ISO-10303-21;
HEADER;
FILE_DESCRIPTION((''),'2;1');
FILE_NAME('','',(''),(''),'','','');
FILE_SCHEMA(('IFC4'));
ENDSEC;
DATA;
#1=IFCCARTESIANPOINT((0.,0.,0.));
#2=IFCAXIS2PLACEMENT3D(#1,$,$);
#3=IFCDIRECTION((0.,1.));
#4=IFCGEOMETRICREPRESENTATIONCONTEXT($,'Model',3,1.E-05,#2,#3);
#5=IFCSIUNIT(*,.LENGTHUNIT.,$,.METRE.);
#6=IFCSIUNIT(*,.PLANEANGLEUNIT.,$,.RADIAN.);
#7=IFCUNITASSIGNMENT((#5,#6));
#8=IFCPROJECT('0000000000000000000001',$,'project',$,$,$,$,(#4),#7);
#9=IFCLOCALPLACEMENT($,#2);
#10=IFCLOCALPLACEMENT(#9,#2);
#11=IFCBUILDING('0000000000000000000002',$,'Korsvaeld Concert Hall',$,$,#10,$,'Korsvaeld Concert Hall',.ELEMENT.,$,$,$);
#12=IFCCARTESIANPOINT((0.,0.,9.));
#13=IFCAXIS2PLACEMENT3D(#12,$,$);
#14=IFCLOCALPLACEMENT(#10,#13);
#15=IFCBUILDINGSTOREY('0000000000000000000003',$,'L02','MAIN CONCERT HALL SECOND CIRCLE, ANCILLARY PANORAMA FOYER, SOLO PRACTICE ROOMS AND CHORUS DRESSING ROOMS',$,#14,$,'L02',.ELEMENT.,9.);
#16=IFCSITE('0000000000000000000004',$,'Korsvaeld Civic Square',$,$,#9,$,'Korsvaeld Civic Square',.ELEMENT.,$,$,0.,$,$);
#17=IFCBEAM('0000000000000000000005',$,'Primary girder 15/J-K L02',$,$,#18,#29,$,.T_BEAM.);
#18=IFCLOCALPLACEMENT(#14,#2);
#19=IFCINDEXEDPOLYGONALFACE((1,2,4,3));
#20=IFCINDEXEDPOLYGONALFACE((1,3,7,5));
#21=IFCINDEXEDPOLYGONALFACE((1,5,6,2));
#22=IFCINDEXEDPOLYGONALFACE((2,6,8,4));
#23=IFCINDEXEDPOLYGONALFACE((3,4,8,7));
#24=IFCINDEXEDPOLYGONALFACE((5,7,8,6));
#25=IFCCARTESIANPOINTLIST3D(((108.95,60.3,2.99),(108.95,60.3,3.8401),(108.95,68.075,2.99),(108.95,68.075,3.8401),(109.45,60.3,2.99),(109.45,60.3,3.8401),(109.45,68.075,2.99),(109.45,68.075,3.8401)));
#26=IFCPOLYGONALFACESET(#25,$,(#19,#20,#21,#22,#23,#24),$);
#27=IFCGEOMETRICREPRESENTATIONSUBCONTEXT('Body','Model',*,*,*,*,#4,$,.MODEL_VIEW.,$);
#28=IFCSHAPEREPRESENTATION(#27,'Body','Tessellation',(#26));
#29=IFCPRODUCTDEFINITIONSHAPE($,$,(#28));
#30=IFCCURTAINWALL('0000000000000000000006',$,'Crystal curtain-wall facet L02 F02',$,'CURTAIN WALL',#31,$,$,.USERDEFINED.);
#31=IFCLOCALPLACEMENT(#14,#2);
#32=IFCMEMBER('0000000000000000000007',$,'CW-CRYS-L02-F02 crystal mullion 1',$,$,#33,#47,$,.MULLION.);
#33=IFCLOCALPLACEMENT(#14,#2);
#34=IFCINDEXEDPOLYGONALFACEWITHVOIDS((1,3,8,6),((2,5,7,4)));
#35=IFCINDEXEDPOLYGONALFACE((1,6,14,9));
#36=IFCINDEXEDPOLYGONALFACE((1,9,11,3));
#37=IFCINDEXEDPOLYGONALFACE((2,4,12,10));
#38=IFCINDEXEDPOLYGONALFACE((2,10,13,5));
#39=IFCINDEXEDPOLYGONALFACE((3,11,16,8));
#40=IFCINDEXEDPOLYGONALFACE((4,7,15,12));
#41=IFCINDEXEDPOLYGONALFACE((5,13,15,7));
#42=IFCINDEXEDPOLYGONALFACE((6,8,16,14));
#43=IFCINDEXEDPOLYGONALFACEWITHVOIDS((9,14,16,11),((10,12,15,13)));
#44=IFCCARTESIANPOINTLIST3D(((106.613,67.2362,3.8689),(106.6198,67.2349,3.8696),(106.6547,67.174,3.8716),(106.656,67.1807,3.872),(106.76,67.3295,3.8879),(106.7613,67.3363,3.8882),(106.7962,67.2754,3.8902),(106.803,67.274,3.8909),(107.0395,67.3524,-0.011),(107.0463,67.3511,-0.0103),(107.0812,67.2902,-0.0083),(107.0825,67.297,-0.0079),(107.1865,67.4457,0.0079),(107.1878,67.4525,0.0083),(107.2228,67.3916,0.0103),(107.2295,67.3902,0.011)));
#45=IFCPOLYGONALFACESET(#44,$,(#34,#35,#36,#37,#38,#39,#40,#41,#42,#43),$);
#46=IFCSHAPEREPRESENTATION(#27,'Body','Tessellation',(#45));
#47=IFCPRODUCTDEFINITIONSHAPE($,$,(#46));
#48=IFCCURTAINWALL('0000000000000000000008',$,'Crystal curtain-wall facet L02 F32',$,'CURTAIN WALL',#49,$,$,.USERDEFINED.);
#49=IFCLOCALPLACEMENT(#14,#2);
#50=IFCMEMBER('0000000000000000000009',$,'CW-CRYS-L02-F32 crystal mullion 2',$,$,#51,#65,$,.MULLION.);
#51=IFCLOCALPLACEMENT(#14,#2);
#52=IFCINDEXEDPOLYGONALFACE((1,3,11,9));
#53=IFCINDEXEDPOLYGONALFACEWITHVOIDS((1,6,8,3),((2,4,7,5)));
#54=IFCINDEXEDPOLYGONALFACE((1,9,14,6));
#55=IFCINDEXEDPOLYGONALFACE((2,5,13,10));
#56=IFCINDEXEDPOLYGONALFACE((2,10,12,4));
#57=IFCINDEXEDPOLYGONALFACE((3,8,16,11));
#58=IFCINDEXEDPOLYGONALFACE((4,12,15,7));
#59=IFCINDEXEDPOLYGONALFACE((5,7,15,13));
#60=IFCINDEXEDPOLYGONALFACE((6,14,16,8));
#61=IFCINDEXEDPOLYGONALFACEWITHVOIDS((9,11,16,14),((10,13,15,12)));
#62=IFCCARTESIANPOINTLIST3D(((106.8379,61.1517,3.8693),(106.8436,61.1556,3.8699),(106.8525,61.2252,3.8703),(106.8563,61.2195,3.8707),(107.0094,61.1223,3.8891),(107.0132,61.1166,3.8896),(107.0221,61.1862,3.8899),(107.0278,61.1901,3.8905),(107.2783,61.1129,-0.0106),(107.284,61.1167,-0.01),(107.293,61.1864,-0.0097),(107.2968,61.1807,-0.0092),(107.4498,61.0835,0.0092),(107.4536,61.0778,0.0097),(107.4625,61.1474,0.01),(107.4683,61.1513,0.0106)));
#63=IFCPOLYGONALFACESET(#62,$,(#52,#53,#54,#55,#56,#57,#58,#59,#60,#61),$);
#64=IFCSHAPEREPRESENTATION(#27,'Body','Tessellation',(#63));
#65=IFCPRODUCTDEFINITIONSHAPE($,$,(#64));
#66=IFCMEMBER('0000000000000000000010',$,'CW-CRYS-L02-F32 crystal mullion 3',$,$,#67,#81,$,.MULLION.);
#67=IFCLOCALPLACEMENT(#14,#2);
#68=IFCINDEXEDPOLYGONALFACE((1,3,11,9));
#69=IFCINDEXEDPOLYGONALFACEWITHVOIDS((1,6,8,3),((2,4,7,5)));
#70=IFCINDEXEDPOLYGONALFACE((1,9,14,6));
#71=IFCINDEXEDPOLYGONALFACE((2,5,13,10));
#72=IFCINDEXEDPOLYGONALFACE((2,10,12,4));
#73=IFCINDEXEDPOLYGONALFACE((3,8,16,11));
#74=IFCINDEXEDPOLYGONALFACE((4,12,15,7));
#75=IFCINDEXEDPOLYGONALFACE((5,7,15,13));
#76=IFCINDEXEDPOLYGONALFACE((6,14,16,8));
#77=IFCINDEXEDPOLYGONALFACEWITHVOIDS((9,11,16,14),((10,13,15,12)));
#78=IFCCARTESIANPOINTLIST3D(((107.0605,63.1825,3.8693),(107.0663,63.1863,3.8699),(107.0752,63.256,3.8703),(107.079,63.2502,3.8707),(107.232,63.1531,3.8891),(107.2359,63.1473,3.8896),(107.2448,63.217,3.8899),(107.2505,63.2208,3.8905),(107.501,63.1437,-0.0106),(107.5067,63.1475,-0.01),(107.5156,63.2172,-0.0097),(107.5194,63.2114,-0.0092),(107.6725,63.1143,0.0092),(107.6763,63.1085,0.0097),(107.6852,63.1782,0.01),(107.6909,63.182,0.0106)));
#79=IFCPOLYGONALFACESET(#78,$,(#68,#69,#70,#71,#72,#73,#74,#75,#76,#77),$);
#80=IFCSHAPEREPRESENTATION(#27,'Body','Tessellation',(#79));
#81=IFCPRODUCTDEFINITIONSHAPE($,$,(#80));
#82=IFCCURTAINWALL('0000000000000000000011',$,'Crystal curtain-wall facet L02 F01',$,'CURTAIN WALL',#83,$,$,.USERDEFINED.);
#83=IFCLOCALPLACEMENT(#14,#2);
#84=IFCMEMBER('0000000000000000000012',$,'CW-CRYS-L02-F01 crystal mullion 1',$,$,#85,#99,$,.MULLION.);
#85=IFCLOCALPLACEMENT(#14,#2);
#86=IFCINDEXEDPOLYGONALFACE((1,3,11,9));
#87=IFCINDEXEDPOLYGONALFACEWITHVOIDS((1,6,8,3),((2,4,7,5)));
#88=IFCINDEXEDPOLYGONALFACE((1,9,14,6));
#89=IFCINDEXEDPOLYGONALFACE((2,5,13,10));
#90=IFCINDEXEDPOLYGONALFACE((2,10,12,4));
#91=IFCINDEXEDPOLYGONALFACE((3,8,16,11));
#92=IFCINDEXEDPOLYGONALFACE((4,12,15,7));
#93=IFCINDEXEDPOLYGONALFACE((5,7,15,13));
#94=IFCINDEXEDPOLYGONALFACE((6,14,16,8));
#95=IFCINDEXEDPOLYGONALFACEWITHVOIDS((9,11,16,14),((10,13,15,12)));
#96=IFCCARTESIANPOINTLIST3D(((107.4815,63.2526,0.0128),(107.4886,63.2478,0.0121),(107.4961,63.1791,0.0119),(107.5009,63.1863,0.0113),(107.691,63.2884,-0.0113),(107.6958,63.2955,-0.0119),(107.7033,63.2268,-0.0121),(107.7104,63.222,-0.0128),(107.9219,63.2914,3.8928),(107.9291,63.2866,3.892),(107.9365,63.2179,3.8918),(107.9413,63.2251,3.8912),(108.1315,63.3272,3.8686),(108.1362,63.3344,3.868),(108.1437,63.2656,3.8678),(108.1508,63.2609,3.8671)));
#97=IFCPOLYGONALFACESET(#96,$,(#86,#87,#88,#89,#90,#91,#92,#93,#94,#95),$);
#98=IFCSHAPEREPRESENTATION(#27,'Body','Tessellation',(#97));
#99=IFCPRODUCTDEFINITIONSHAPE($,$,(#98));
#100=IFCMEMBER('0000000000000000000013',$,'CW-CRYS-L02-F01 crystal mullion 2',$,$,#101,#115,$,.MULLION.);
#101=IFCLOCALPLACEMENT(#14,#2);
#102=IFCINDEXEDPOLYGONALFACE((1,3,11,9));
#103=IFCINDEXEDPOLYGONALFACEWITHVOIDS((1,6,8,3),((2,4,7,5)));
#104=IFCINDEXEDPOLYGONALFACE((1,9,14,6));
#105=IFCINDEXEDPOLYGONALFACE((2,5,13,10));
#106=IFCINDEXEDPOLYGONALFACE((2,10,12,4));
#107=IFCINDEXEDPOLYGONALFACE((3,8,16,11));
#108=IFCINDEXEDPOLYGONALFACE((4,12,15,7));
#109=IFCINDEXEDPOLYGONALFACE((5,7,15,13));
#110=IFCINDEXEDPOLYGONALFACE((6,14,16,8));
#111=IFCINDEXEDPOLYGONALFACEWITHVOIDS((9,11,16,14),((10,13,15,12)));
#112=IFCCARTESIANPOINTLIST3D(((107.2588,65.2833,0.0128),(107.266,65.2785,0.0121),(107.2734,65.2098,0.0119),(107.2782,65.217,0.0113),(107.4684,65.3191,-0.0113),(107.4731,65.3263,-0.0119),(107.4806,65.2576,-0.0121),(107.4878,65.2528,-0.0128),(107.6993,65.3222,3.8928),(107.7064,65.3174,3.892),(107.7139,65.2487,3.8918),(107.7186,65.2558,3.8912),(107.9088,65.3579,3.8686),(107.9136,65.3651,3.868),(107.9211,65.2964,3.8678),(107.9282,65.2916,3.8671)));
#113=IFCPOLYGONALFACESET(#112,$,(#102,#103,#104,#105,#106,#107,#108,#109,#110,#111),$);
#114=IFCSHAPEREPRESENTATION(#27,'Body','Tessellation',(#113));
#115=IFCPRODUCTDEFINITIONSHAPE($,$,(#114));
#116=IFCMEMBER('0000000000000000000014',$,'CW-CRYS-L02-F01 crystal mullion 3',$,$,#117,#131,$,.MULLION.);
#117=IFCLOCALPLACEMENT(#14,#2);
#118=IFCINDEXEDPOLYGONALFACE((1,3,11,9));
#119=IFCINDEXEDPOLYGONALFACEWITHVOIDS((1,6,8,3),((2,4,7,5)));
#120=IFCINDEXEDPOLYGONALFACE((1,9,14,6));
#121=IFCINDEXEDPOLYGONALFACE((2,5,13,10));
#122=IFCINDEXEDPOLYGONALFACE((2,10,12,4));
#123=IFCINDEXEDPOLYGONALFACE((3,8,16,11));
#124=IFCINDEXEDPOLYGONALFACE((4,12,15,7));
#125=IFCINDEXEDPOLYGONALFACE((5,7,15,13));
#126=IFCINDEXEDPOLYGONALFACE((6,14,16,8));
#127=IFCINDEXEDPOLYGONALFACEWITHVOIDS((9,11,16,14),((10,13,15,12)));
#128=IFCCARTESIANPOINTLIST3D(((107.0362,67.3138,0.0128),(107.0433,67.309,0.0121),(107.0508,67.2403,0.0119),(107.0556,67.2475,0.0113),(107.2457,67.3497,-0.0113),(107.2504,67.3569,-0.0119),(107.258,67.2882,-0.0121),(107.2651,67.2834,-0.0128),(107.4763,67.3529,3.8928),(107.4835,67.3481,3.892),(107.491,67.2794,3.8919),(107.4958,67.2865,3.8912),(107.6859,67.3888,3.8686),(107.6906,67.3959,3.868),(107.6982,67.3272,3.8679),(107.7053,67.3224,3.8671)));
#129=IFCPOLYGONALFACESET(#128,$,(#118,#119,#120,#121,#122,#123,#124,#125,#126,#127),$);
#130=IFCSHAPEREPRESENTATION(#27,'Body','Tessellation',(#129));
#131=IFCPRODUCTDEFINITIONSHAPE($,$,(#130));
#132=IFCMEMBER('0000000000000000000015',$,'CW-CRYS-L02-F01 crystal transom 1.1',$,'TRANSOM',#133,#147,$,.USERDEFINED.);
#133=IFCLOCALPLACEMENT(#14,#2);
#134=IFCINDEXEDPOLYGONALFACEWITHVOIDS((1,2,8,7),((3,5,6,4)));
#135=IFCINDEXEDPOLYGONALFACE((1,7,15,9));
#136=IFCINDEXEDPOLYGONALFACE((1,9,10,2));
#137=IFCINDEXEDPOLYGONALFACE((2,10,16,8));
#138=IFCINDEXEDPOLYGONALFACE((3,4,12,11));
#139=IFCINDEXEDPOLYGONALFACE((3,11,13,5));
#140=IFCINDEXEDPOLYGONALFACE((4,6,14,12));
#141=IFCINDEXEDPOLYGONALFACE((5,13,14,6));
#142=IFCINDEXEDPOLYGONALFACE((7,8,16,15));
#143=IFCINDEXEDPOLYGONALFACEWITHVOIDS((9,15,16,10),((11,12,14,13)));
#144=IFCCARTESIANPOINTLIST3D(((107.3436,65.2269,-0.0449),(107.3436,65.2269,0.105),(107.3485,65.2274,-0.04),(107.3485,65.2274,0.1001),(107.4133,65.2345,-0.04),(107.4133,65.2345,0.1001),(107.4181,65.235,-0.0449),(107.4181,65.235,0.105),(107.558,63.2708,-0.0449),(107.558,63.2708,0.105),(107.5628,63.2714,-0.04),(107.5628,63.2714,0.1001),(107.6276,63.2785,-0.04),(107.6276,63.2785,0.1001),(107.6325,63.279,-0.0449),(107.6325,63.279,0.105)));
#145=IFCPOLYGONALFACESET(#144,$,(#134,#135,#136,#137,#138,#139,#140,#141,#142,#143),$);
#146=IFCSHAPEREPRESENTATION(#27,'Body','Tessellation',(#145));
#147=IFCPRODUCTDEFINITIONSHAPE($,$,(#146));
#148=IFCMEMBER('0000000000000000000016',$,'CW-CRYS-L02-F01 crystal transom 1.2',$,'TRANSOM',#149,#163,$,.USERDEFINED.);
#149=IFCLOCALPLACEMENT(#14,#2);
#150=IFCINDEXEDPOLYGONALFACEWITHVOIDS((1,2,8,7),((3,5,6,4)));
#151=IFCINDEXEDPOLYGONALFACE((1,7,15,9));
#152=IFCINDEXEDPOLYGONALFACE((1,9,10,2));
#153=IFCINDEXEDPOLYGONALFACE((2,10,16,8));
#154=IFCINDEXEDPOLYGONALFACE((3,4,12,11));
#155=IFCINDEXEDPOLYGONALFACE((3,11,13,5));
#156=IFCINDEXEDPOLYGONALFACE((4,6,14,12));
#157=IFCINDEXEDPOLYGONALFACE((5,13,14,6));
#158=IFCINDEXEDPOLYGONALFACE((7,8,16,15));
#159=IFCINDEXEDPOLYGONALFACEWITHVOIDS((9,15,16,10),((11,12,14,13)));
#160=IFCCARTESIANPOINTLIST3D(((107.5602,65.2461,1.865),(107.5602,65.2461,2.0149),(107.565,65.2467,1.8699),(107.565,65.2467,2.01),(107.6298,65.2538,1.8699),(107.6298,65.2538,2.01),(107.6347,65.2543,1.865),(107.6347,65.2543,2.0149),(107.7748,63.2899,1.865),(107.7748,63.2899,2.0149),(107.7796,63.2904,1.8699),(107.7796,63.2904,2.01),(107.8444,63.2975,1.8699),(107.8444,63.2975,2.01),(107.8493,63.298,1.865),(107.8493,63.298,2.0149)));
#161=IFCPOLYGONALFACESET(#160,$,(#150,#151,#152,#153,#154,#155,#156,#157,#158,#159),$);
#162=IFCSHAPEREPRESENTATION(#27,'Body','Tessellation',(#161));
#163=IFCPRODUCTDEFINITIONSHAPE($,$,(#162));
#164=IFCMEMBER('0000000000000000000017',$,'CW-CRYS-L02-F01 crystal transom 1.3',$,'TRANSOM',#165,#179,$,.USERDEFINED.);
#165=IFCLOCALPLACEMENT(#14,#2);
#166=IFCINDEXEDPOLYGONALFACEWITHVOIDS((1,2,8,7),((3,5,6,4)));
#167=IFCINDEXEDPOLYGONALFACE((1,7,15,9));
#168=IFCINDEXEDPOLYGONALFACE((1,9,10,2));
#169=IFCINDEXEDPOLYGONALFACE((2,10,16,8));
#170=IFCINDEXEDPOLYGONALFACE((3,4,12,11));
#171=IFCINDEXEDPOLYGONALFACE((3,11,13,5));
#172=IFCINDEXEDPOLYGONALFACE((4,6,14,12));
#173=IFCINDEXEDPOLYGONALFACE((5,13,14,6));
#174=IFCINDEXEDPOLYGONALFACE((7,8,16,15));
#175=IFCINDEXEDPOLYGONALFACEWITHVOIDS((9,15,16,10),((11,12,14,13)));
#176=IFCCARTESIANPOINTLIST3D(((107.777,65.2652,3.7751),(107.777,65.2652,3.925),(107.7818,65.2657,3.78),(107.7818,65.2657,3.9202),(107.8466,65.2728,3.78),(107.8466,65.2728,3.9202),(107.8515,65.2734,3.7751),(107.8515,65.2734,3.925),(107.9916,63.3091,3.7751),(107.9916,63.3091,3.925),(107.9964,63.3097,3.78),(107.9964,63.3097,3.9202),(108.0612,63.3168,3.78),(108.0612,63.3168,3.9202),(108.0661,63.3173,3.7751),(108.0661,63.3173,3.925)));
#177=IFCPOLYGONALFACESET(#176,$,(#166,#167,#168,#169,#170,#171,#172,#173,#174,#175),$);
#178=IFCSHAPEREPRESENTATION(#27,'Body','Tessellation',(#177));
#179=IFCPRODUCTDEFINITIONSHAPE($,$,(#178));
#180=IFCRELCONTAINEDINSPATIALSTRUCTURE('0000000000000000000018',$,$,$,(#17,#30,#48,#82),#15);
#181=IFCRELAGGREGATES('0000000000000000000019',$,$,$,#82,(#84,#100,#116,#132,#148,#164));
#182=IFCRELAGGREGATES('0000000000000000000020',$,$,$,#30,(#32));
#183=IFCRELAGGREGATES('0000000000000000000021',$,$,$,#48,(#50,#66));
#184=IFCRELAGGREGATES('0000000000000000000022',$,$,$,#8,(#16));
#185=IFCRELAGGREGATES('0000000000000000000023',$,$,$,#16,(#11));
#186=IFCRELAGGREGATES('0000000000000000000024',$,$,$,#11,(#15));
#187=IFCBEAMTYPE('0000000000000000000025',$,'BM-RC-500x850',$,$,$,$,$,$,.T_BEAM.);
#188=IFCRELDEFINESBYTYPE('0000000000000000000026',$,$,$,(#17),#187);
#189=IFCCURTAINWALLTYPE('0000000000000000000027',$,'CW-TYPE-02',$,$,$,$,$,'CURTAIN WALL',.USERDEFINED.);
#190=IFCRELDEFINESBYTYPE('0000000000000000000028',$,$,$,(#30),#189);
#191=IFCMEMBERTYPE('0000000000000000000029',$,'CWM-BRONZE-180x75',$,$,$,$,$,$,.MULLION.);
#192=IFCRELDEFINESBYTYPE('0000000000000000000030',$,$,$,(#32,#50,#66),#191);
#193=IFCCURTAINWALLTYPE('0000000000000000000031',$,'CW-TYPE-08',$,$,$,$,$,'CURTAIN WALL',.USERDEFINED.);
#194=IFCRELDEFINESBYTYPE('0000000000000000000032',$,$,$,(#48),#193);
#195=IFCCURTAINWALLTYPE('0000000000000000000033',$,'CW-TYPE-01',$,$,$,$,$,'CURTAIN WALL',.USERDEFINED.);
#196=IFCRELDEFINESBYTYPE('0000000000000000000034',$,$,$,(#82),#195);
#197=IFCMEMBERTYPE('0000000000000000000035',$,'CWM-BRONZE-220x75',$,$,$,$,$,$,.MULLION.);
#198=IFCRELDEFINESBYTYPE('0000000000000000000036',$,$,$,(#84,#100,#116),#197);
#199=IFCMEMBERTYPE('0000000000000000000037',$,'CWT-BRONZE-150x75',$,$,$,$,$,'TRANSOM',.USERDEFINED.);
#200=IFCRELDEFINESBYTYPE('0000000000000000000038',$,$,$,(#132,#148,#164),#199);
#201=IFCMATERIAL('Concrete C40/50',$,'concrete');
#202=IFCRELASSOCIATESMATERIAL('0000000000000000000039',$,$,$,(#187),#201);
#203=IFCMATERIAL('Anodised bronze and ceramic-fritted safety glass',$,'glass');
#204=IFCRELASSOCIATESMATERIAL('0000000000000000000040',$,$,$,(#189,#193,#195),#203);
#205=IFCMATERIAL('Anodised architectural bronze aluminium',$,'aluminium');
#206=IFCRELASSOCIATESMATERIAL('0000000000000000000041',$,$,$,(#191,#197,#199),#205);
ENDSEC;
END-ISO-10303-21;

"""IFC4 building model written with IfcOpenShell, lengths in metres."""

from ifc_helpers import new_model, si_unit, direction, frame, origin, origin_2d, place, context, subcontext, project, spatial, rectangle, hollow_rectangle, extrude, material, material_profile, profile_set, type_object, element, aggregate, save


model = new_model("IFC4")

# Units and contexts
model_context = context("Model", 3, precision=1e-05, world=origin(), true_north=direction((0.0, 1.0)))
body_context = subcontext(model_context, "Body", "Model", "MODEL_VIEW")
ifc_project = project(units=[si_unit("LENGTHUNIT", "METRE"), si_unit("PLANEANGLEUNIT", "RADIAN")], contexts=[model_context])

# Site, building, storey
site_placement = place(None, origin())
site = spatial("IfcSite", under=ifc_project, at=site_placement, Name="Korsvaeld Civic Square", LongName="Korsvaeld Civic Square", CompositionType="ELEMENT", RefElevation=0.0)
building_placement = place(site_placement, origin())
building = spatial("IfcBuilding", under=site, at=building_placement, Name="Korsvaeld Concert Hall", LongName="Korsvaeld Concert Hall", CompositionType="ELEMENT")
storey_placement = place(building_placement, frame((0.0, 0.0, 9.0)))
storey = spatial("IfcBuildingStorey", under=building, at=storey_placement, Name="L02", Description="MAIN CONCERT HALL SECOND CIRCLE, ANCILLARY PANORAMA FOYER, SOLO PRACTICE ROOMS AND CHORUS DRESSING ROOMS", LongName="L02", CompositionType="ELEMENT", Elevation=9.0)

# Beam
ifc_material_1 = material(Name="Concrete C40/50", Category="concrete")
ifc_material_profile_1 = material_profile(ifc_material_1, rectangle(XDim=0.5, YDim=0.8501, at=origin_2d()), Name="RC 500x850")
ifc_profile_set_1 = profile_set([ifc_material_profile_1], Name="Concrete C40/50")
beam_type = type_object("IfcBeamType", Name="BM-RC-500x850", PredefinedType="T_BEAM", material=ifc_profile_set_1)
beam_placement = place(storey_placement, frame((109.2, 60.3, 3.415), z_axis=(0.0, 1.0, 0.0), x_axis=(-1.0, 0.0, 0.0)))
element("IfcBeam", 1, at=beam_placement, inside=storey, type_object=beam_type, Name="Primary girder 15/J-K L02", PredefinedType="T_BEAM", context=body_context, shape_type="SweptSolid", body=[
    extrude(rectangle(XDim=0.5, YDim=0.8501, at=origin_2d()), origin(), (0.0, 0.0, 1.0), 7.7749),
])

# Curtain wall, member
ifc_material_2 = material(Name="Anodised bronze and ceramic-fritted safety glass", Category="glass")
curtain_wall_type_1 = type_object("IfcCurtainWallType", Name="CW-TYPE-02", ElementType="CURTAIN WALL", PredefinedType="USERDEFINED", material=ifc_material_2)
curtain_wall_1_placement = place(storey_placement, origin())
curtain_wall_1 = element("IfcCurtainWall", 2, at=curtain_wall_1_placement, inside=storey, type_object=curtain_wall_type_1, Name="Crystal curtain-wall facet L02 F02", ObjectType="CURTAIN WALL", PredefinedType="USERDEFINED")
ifc_material_3 = material(Name="Anodised architectural bronze aluminium", Category="aluminium")
ifc_material_profile_2 = material_profile(ifc_material_3, hollow_rectangle(XDim=0.075, YDim=0.1799, WallThickness=0.0049, at=origin_2d()), Name="CWM 180x75x5")
ifc_profile_set_2 = profile_set([ifc_material_profile_2], Name="Anodised architectural bronze aluminium")
member_type_1 = type_object("IfcMemberType", Name="CWM-BRONZE-180x75", PredefinedType="MULLION", material=ifc_profile_set_2)
member_1_placement = place(storey_placement, frame((107.1345, 67.3713, 0.0), z_axis=(-0.109223, -0.02976, 0.993572), x_axis=(-0.555751, 0.830559, -0.036216)))
member_1 = element("IfcMember", 3, at=member_1_placement, type_object=member_type_1, Name="CW-CRYS-L02-F02 crystal mullion 1", PredefinedType="MULLION", context=body_context, shape_type="SweptSolid", body=[
    extrude(hollow_rectangle(XDim=0.075, YDim=0.1799, WallThickness=0.0049, at=origin_2d()), origin(), (0.0, 0.0, 1.0), 3.905),
])

# Curtain walls, members
curtain_wall_type_2 = type_object("IfcCurtainWallType", Name="CW-TYPE-08", ElementType="CURTAIN WALL", PredefinedType="USERDEFINED", material=ifc_material_2)
curtain_wall_2_placement = place(storey_placement, origin())
curtain_wall_2 = element("IfcCurtainWall", 4, at=curtain_wall_2_placement, inside=storey, type_object=curtain_wall_type_2, Name="Crystal curtain-wall facet L02 F32", ObjectType="CURTAIN WALL", PredefinedType="USERDEFINED")
member_2_placement = place(storey_placement, frame((107.3733, 61.1321, 0.0), z_axis=(-0.112786, 0.009941, 0.99357), x_axis=(0.195151, 0.980695, 0.012341)))
member_2 = element("IfcMember", 5, at=member_2_placement, type_object=member_type_1, Name="CW-CRYS-L02-F32 crystal mullion 2", PredefinedType="MULLION", context=body_context, shape_type="SweptSolid", body=[
    extrude(hollow_rectangle(XDim=0.075, YDim=0.1799, WallThickness=0.0049, at=origin_2d()), origin(), (0.0, 0.0, 1.0), 3.905),
])
member_3_placement = place(storey_placement, frame((107.5959, 63.1628, 0.0), z_axis=(-0.112786, 0.009941, 0.99357), x_axis=(0.195151, 0.980695, 0.012341)))
member_3 = element("IfcMember", 6, at=member_3_placement, type_object=member_type_1, Name="CW-CRYS-L02-F32 crystal mullion 3", PredefinedType="MULLION", context=body_context, shape_type="SweptSolid", body=[
    extrude(hollow_rectangle(XDim=0.075, YDim=0.1799, WallThickness=0.0049, at=origin_2d()), origin(), (0.0, 0.0, 1.0), 3.905),
])
curtain_wall_type_3 = type_object("IfcCurtainWallType", Name="CW-TYPE-01", ElementType="CURTAIN WALL", PredefinedType="USERDEFINED", material=ifc_material_2)
curtain_wall_3_placement = place(storey_placement, origin())
curtain_wall_3 = element("IfcCurtainWall", 7, at=curtain_wall_3_placement, inside=storey, type_object=curtain_wall_type_3, Name="Crystal curtain-wall facet L02 F01", ObjectType="CURTAIN WALL", PredefinedType="USERDEFINED")
ifc_material_profile_3 = material_profile(ifc_material_3, hollow_rectangle(XDim=0.075, YDim=0.22, WallThickness=0.0061, at=origin_2d()), Name="CWM 220x75x6")
ifc_profile_set_3 = profile_set([ifc_material_profile_3], Name="Anodised architectural bronze aluminium")
member_type_2 = type_object("IfcMemberType", Name="CWM-BRONZE-220x75", PredefinedType="MULLION", material=ifc_profile_set_3)
member_4_placement = place(storey_placement, frame((107.5959, 63.2373, 0.0), z_axis=(0.112786, 0.009941, 0.99357), x_axis=(0.195151, -0.980695, -0.012341)))
member_4 = element("IfcMember", 8, at=member_4_placement, type_object=member_type_2, Name="CW-CRYS-L02-F01 crystal mullion 1", PredefinedType="MULLION", context=body_context, shape_type="SweptSolid", body=[
    extrude(hollow_rectangle(XDim=0.075, YDim=0.22, WallThickness=0.0061, at=origin_2d()), origin(), (0.0, 0.0, 1.0), 3.905),
])
member_5_placement = place(storey_placement, frame((107.3733, 65.2681, 0.0), z_axis=(0.112786, 0.009941, 0.99357), x_axis=(0.195151, -0.980695, -0.012341)))
member_5 = element("IfcMember", 9, at=member_5_placement, type_object=member_type_2, Name="CW-CRYS-L02-F01 crystal mullion 2", PredefinedType="MULLION", context=body_context, shape_type="SweptSolid", body=[
    extrude(hollow_rectangle(XDim=0.075, YDim=0.22, WallThickness=0.0061, at=origin_2d()), origin(), (0.0, 0.0, 1.0), 3.905),
])
member_6_placement = place(storey_placement, frame((107.1506, 67.2986, 0.0), z_axis=(0.112724, 0.010003, 0.993576), x_axis=(0.195739, -0.980578, -0.012335)))
member_6 = element("IfcMember", 10, at=member_6_placement, type_object=member_type_2, Name="CW-CRYS-L02-F01 crystal mullion 3", PredefinedType="MULLION", context=body_context, shape_type="SweptSolid", body=[
    extrude(hollow_rectangle(XDim=0.075, YDim=0.22, WallThickness=0.0061, at=origin_2d()), origin(), (0.0, 0.0, 1.0), 3.905),
])
ifc_material_profile_4 = material_profile(ifc_material_3, hollow_rectangle(XDim=0.075, YDim=0.1499, WallThickness=0.0049, at=origin_2d()), Name="CWT 150x75x5")
ifc_profile_set_4 = profile_set([ifc_material_profile_4], Name="Anodised architectural bronze aluminium")
member_type_3 = type_object("IfcMemberType", Name="CWT-BRONZE-150x75", ElementType="TRANSOM", PredefinedType="USERDEFINED", material=ifc_profile_set_4)
member_7_placement = place(storey_placement, frame((107.5952, 63.2749, 0.03), z_axis=(-0.108933, 0.994049, 0.0), x_axis=(-0.994049, -0.108933, 0.0)))
member_7 = element("IfcMember", 11, at=member_7_placement, type_object=member_type_3, Name="CW-CRYS-L02-F01 crystal transom 1.1", ObjectType="TRANSOM", PredefinedType="USERDEFINED", context=body_context, shape_type="SweptSolid", body=[
    extrude(hollow_rectangle(XDim=0.075, YDim=0.1499, WallThickness=0.0049, at=origin_2d()), origin(), (0.0, 0.0, 1.0), 1.9678),
])
member_8_placement = place(storey_placement, frame((107.812, 63.2939, 1.9399), z_axis=(-0.109043, 0.994037, 0.0), x_axis=(-0.994037, -0.109043, 0.0)))
member_8 = element("IfcMember", 12, at=member_8_placement, type_object=member_type_3, Name="CW-CRYS-L02-F01 crystal transom 1.2", ObjectType="TRANSOM", PredefinedType="USERDEFINED", context=body_context, shape_type="SweptSolid", body=[
    extrude(hollow_rectangle(XDim=0.075, YDim=0.1499, WallThickness=0.0049, at=origin_2d()), origin(), (0.0, 0.0, 1.0), 1.968),
])
member_9_placement = place(storey_placement, frame((108.0288, 63.3132, 3.8501), z_axis=(-0.109056, 0.994036, 0.0), x_axis=(-0.994036, -0.109056, 0.0)))
member_9 = element("IfcMember", 13, at=member_9_placement, type_object=member_type_3, Name="CW-CRYS-L02-F01 crystal transom 1.3", ObjectType="TRANSOM", PredefinedType="USERDEFINED", context=body_context, shape_type="SweptSolid", body=[
    extrude(hollow_rectangle(XDim=0.075, YDim=0.1499, WallThickness=0.0049, at=origin_2d()), origin(), (0.0, 0.0, 1.0), 1.9678),
])

aggregate(curtain_wall_3, [member_4, member_5, member_6, member_7, member_8, member_9])
aggregate(curtain_wall_1, [member_1])
aggregate(curtain_wall_2, [member_2, member_3])

save(model, "model.ifc")
